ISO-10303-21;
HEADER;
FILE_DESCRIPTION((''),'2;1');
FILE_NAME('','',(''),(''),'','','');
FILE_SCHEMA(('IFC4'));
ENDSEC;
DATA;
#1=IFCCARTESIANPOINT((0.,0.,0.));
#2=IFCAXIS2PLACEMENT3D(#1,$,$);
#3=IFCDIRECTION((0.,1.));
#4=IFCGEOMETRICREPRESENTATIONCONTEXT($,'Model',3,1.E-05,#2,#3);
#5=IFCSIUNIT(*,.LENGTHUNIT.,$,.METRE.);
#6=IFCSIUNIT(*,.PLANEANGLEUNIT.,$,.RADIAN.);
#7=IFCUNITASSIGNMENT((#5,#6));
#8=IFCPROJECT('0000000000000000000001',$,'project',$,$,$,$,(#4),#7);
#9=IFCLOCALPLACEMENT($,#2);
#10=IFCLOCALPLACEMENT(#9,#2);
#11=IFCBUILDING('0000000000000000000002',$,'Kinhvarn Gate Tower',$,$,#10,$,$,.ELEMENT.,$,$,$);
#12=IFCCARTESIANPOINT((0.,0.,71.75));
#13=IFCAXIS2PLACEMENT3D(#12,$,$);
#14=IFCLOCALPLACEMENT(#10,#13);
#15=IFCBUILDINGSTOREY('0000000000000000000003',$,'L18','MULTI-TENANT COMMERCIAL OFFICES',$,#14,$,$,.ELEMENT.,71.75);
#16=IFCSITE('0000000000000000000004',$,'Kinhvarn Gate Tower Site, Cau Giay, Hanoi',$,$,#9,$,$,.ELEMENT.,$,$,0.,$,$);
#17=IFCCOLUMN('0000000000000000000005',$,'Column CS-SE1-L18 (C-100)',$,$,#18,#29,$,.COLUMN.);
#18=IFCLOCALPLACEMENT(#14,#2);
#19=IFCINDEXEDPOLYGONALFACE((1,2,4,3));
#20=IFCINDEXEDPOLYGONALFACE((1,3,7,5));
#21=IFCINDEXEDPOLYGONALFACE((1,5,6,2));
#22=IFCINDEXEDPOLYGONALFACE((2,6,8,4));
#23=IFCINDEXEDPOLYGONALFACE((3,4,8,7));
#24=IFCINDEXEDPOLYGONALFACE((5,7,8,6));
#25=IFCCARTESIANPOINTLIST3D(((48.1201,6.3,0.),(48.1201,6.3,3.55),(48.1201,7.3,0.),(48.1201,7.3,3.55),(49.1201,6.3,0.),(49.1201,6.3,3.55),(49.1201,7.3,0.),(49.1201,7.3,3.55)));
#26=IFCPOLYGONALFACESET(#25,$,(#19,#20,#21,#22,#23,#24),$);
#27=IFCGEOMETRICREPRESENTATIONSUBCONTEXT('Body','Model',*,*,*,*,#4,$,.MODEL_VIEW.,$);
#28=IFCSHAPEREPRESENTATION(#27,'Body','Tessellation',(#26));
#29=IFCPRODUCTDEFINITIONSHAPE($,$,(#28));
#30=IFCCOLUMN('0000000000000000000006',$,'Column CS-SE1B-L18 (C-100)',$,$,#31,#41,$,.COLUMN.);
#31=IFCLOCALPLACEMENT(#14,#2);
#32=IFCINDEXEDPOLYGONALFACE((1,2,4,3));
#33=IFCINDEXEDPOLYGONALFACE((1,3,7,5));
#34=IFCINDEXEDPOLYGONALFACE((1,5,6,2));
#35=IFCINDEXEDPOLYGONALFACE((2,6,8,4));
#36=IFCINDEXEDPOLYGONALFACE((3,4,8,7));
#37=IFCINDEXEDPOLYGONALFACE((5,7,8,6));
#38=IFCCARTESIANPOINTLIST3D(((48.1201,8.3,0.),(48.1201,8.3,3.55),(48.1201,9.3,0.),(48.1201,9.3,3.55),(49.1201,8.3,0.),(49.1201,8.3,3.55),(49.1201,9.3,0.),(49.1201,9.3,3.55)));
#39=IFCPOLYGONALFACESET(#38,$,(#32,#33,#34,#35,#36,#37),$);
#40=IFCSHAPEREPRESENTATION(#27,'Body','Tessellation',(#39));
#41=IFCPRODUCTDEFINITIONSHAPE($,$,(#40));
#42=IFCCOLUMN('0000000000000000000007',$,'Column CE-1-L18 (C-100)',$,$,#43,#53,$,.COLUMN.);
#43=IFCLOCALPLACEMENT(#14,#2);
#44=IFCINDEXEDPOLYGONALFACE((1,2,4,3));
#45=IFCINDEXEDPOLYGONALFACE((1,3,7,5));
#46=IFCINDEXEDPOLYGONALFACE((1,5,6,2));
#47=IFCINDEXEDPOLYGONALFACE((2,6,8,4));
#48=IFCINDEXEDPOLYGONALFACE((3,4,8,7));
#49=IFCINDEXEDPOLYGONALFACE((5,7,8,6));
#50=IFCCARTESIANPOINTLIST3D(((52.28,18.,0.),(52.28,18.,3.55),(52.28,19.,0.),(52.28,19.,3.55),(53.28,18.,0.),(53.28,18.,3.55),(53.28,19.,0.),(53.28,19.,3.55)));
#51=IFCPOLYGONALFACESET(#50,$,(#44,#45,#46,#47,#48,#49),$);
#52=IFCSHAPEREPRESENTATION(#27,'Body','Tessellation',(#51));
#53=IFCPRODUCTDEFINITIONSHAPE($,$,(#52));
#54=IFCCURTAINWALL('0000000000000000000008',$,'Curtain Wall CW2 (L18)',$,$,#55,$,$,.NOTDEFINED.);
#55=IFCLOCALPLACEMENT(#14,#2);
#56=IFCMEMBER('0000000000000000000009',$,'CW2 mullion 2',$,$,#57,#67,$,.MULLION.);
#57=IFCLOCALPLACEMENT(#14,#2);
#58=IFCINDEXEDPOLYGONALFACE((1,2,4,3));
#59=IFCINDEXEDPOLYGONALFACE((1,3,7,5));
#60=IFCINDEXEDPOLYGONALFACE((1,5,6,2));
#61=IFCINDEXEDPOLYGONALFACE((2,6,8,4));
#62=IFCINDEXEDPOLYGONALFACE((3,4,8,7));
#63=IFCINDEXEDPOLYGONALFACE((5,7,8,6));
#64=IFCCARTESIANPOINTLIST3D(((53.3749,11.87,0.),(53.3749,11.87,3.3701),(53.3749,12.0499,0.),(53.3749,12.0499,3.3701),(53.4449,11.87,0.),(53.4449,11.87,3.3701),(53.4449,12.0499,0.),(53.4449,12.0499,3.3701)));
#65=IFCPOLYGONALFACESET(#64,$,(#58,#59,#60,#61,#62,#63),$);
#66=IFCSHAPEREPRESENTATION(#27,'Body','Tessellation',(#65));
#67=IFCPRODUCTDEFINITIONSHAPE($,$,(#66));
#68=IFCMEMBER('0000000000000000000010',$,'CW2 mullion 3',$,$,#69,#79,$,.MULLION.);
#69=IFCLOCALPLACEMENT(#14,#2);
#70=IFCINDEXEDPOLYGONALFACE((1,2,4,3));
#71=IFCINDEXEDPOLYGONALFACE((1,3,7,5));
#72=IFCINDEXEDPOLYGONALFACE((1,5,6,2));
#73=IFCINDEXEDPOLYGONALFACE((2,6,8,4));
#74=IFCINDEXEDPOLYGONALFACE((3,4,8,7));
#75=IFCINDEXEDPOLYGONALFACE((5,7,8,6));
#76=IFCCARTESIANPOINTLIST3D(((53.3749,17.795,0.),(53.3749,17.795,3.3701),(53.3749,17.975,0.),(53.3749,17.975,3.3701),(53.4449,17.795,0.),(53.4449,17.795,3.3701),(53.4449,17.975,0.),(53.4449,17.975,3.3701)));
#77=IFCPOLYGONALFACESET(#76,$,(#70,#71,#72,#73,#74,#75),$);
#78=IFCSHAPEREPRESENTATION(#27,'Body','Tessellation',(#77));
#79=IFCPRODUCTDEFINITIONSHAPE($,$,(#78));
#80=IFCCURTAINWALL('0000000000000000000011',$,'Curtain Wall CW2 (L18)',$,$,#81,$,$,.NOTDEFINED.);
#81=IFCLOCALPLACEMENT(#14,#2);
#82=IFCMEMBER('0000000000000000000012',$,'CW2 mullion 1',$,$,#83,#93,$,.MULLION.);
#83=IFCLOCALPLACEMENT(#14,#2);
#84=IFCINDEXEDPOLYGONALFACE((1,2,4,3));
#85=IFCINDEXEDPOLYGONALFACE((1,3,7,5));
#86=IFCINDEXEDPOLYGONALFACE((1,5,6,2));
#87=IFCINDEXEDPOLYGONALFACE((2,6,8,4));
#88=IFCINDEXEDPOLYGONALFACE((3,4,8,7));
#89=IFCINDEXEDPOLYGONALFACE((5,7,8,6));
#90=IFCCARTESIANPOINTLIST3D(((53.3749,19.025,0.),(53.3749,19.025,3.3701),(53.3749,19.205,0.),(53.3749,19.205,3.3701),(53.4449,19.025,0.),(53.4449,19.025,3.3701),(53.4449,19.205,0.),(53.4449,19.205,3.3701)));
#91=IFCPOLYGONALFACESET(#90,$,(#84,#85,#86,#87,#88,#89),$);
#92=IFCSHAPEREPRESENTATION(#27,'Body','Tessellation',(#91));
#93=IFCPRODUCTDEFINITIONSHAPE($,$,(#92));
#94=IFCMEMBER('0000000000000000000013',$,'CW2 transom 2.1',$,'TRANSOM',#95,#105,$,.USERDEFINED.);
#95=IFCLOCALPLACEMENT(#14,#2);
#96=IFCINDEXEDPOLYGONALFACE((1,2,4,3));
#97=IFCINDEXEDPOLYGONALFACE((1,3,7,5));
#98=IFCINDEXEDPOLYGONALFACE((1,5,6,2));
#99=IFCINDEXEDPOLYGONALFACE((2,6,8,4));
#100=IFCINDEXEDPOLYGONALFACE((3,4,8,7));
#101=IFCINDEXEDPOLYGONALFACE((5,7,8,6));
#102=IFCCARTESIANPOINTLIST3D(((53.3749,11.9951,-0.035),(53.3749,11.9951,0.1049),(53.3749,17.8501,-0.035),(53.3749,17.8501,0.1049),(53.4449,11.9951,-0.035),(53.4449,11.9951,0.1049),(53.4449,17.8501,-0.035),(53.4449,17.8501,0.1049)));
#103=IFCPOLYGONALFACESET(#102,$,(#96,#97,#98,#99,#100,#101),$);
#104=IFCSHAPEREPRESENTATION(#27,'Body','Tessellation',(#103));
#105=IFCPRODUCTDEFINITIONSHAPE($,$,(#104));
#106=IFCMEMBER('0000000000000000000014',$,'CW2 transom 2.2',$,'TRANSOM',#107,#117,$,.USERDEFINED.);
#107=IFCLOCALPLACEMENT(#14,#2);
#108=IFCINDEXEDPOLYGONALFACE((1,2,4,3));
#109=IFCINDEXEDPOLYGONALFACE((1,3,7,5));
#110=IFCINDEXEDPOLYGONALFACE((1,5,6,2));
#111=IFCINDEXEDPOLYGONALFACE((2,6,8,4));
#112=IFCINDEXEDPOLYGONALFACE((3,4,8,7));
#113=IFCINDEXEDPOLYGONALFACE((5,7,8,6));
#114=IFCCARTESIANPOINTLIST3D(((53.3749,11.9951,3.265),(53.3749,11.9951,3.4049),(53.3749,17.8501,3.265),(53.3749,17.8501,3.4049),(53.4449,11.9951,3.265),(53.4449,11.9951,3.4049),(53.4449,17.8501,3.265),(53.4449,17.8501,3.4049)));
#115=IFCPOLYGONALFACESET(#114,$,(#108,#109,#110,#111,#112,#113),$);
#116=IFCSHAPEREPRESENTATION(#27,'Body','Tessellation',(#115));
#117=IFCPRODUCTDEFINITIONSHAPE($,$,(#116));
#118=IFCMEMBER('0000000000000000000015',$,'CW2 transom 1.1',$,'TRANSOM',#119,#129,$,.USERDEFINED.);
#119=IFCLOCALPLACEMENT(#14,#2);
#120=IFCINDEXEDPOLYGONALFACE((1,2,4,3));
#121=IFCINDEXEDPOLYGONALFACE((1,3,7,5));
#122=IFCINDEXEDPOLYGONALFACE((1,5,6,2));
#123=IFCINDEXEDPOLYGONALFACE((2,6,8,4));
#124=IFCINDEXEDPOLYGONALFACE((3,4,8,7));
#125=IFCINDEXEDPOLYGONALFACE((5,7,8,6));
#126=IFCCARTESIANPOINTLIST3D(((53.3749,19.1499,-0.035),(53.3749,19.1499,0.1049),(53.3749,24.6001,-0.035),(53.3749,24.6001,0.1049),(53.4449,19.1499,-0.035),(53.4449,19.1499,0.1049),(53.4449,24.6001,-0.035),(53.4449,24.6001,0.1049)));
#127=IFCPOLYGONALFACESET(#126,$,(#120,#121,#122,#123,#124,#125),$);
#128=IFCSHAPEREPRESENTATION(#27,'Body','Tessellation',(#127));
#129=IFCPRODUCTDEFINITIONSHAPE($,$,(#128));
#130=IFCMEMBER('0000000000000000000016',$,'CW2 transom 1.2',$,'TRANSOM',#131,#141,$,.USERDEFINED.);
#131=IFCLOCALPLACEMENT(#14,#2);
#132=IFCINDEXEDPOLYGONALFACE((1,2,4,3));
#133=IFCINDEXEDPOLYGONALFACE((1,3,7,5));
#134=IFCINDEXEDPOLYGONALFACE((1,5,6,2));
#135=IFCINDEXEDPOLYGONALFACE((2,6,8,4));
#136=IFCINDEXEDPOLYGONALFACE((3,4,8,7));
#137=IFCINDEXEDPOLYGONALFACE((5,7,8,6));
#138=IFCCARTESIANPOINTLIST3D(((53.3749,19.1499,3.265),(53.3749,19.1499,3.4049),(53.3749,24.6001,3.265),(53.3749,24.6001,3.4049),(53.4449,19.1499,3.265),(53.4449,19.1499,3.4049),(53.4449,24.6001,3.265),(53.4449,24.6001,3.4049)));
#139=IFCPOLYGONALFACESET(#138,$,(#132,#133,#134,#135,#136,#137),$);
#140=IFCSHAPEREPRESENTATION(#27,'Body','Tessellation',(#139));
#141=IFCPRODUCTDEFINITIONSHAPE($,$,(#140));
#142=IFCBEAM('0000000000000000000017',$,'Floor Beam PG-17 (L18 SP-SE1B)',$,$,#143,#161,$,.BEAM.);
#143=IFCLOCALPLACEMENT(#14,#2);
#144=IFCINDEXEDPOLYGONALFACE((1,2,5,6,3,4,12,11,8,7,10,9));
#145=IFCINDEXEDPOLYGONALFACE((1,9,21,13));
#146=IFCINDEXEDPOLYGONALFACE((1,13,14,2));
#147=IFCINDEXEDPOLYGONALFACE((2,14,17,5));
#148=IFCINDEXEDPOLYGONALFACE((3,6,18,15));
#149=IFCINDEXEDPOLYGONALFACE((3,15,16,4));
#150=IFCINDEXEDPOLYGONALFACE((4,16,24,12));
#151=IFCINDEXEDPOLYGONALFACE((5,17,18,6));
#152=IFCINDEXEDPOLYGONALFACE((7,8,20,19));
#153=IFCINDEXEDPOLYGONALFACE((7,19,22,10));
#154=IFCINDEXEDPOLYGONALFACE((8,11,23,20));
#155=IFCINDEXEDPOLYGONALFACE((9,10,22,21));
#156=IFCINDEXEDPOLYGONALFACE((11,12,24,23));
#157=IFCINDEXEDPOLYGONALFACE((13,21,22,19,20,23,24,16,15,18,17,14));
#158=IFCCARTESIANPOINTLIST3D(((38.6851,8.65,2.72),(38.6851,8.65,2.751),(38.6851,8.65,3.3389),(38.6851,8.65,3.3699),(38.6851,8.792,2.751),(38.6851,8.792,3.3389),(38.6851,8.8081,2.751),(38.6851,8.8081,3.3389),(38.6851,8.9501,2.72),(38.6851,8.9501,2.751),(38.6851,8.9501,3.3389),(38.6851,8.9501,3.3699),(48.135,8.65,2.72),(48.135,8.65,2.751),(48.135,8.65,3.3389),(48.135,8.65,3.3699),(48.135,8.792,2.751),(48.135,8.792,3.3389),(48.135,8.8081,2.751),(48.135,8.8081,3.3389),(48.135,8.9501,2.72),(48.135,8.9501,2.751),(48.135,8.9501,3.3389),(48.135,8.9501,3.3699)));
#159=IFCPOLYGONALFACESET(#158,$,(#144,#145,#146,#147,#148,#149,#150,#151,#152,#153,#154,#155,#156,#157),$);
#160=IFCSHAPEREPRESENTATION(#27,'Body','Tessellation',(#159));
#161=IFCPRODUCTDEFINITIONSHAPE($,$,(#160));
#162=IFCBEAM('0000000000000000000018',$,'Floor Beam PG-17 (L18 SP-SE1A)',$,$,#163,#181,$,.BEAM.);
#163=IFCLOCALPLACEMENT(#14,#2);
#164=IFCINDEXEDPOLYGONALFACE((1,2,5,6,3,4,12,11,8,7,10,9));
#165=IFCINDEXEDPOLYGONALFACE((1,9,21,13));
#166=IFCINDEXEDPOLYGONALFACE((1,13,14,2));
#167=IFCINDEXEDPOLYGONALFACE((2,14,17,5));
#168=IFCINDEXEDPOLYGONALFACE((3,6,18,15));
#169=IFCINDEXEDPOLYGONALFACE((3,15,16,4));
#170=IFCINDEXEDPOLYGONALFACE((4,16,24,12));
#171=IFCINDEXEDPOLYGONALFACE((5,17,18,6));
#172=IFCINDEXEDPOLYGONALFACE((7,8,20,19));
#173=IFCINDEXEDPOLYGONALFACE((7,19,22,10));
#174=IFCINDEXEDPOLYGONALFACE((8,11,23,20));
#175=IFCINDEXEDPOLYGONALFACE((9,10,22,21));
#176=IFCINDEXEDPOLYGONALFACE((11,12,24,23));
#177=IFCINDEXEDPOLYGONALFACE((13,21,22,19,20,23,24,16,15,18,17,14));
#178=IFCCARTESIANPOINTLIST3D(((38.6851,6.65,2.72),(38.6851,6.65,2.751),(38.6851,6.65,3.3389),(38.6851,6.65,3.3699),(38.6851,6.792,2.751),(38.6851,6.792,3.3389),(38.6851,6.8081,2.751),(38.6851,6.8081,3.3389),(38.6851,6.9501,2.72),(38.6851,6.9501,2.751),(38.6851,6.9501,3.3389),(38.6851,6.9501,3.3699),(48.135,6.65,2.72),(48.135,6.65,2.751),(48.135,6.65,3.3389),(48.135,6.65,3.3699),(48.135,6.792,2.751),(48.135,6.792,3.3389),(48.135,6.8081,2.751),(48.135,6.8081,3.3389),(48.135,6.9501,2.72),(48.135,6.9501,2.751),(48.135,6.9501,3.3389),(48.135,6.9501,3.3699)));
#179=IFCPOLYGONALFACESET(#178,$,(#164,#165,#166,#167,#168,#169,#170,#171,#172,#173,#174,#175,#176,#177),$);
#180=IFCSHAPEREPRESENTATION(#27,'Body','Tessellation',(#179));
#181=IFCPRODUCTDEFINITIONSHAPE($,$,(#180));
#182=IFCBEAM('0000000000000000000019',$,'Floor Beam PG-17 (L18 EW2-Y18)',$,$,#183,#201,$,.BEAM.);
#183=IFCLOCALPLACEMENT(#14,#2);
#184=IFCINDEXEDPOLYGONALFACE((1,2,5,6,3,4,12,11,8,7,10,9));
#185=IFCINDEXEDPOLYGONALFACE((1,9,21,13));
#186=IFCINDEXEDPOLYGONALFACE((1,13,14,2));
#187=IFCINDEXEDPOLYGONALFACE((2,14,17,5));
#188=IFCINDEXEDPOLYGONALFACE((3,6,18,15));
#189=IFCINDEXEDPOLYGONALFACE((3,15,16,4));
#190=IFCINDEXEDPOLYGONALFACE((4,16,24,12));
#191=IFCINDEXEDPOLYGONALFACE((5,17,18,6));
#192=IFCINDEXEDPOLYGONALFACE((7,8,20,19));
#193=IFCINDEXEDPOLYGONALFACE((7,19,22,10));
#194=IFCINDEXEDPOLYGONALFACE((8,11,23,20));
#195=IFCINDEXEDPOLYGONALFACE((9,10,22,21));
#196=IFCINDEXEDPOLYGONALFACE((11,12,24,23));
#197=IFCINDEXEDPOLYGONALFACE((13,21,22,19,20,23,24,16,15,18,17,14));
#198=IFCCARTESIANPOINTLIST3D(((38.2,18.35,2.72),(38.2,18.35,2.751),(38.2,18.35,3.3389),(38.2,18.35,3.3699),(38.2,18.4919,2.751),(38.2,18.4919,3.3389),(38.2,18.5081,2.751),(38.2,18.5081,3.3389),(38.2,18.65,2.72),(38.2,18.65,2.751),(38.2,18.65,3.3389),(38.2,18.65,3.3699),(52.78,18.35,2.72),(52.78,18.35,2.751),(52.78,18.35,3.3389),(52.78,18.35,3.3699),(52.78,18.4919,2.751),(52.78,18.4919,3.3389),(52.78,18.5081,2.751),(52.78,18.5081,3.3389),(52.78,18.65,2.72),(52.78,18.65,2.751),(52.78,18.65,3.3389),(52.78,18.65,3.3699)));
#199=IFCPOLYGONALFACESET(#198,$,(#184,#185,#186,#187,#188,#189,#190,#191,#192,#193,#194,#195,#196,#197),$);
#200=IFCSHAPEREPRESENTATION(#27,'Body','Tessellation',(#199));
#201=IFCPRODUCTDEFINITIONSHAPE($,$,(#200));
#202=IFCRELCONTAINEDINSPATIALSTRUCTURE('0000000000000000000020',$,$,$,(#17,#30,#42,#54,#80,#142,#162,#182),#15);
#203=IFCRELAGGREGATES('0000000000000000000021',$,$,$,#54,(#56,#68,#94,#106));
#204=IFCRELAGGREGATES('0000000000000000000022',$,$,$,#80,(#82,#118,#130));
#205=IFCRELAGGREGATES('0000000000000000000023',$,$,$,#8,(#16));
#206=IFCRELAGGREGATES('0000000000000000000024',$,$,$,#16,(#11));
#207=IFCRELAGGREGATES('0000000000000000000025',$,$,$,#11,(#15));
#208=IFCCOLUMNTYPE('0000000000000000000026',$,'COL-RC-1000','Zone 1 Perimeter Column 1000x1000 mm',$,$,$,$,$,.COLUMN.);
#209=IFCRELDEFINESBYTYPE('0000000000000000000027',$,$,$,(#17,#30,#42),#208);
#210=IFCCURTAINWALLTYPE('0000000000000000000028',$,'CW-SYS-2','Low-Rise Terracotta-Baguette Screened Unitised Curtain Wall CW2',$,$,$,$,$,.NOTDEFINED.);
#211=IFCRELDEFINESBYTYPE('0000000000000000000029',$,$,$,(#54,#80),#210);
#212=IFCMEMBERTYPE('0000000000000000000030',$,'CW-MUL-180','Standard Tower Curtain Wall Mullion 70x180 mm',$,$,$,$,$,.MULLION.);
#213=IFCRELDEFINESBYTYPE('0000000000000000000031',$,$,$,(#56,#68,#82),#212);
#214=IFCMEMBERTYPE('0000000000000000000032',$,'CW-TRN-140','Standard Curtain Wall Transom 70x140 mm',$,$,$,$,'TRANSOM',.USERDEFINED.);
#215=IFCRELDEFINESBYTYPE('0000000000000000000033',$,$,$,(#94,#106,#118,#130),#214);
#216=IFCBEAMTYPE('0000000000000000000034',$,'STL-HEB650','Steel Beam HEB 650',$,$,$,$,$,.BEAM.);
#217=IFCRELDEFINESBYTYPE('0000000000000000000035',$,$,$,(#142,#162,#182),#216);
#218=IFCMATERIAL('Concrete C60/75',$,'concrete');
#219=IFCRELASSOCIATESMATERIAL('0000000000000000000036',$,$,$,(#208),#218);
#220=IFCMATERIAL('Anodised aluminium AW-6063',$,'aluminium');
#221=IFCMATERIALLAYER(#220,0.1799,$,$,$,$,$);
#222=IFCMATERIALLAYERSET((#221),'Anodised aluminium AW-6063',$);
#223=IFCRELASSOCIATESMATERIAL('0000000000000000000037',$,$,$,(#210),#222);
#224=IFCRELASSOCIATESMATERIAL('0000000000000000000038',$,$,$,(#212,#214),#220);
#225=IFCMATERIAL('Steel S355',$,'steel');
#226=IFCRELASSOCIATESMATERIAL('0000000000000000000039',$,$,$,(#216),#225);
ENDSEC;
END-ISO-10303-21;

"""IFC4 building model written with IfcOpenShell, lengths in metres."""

from ifc_helpers import new_model, si_unit, direction, frame, origin, origin_2d, place, context, subcontext, project, spatial, rectangle, i_section, extrude, material, layer, layer_set, material_profile, profile_set, type_object, element, aggregate, save


model = new_model("IFC4")

# Units and contexts
model_context = context("Model", 3, precision=1e-05, world=origin(), true_north=direction((0.0, 1.0)))
body_context = subcontext(model_context, "Body", "Model", "MODEL_VIEW")
ifc_project = project(units=[si_unit("LENGTHUNIT", "METRE"), si_unit("PLANEANGLEUNIT", "RADIAN")], contexts=[model_context])

# Site, building, storey
site_placement = place(None, origin())
site = spatial("IfcSite", under=ifc_project, at=site_placement, Name="Kinhvarn Gate Tower Site, Cau Giay, Hanoi", CompositionType="ELEMENT", RefElevation=0.0)
building_placement = place(site_placement, origin())
building = spatial("IfcBuilding", under=site, at=building_placement, Name="Kinhvarn Gate Tower", CompositionType="ELEMENT")
storey_placement = place(building_placement, frame((0.0, 0.0, 71.75)))
storey = spatial("IfcBuildingStorey", under=building, at=storey_placement, Name="L18", Description="MULTI-TENANT COMMERCIAL OFFICES", CompositionType="ELEMENT", Elevation=71.75)

# Columns
ifc_material_1 = material(Name="Concrete C60/75", Category="concrete")
ifc_material_profile_1 = material_profile(ifc_material_1, rectangle(XDim=1.0, YDim=1.0, at=origin_2d()), Name="RC 1000x1000")
ifc_profile_set_1 = profile_set([ifc_material_profile_1], Name="Concrete C60/75")
column_type = type_object("IfcColumnType", Name="COL-RC-1000", Description="Zone 1 Perimeter Column 1000x1000 mm", PredefinedType="COLUMN", material=ifc_profile_set_1)
for number, where, z_axis, x_axis, name in (
    (1, (48.6201, 6.8, 0.0), (0.0, 0.0, 1.0), (1.0, 0.0, 0.0), "Column CS-SE1-L18 (C-100)"),
    (2, (48.6201, 8.8, 0.0), (0.0, 0.0, 1.0), (1.0, 0.0, 0.0), "Column CS-SE1B-L18 (C-100)"),
    (3, (52.78, 18.5, 0.0), (0.0, 0.0, 1.0), (1.0, 0.0, 0.0), "Column CE-1-L18 (C-100)"),
):
    element("IfcColumn", number, at=place(storey_placement, frame(where, z_axis=z_axis, x_axis=x_axis)), inside=storey, type_object=column_type, Name=name, PredefinedType="COLUMN", context=body_context, shape_type="SweptSolid", body=[
        extrude(rectangle(XDim=1.0, YDim=1.0, at=origin_2d()), origin(), (0.0, 0.0, 1.0), 3.55),
    ])

# Curtain wall, members
ifc_material_2 = material(Name="Anodised aluminium AW-6063", Category="aluminium")
ifc_layer_1 = layer(ifc_material_2, 0.1799)
ifc_layer_set_1 = layer_set([ifc_layer_1], Name="Anodised aluminium AW-6063")
curtain_wall_type = type_object("IfcCurtainWallType", Name="CW-SYS-2", Description="Low-Rise Terracotta-Baguette Screened Unitised Curtain Wall CW2", PredefinedType="NOTDEFINED", material=ifc_layer_set_1)
curtain_wall_1_placement = place(storey_placement, origin())
curtain_wall_1 = element("IfcCurtainWall", 4, at=curtain_wall_1_placement, inside=storey, type_object=curtain_wall_type, Name="Curtain Wall CW2 (L18)", PredefinedType="NOTDEFINED")
ifc_material_profile_2 = material_profile(ifc_material_2, rectangle(XDim=0.0701, YDim=0.1799, at=origin_2d()), Name="ALU 70x180")
ifc_profile_set_2 = profile_set([ifc_material_profile_2], Name="Anodised aluminium AW-6063")
member_type_1 = type_object("IfcMemberType", Name="CW-MUL-180", Description="Standard Tower Curtain Wall Mullion 70x180 mm", PredefinedType="MULLION", material=ifc_profile_set_2)
member_1_placement = place(storey_placement, frame((53.4099, 11.96, 0.0), z_axis=(0.0, 0.0, 1.0), x_axis=(-1.0, 0.0, 0.0)))
member_1 = element("IfcMember", 5, at=member_1_placement, type_object=member_type_1, Name="CW2 mullion 2", PredefinedType="MULLION", context=body_context, shape_type="SweptSolid", body=[
    extrude(rectangle(XDim=0.0701, YDim=0.1799, at=origin_2d()), origin(), (0.0, 0.0, 1.0), 3.3701),
])
member_2_placement = place(storey_placement, frame((53.4099, 17.885, 0.0), z_axis=(0.0, 0.0, 1.0), x_axis=(-1.0, 0.0, 0.0)))
member_2 = element("IfcMember", 6, at=member_2_placement, type_object=member_type_1, Name="CW2 mullion 3", PredefinedType="MULLION", context=body_context, shape_type="SweptSolid", body=[
    extrude(rectangle(XDim=0.0701, YDim=0.1799, at=origin_2d()), origin(), (0.0, 0.0, 1.0), 3.3701),
])

# Curtain wall, member
curtain_wall_2_placement = place(storey_placement, origin())
curtain_wall_2 = element("IfcCurtainWall", 7, at=curtain_wall_2_placement, inside=storey, type_object=curtain_wall_type, Name="Curtain Wall CW2 (L18)", PredefinedType="NOTDEFINED")
member_3_placement = place(storey_placement, frame((53.4099, 19.115, 0.0), z_axis=(0.0, 0.0, 1.0), x_axis=(-1.0, 0.0, 0.0)))
member_3 = element("IfcMember", 8, at=member_3_placement, type_object=member_type_1, Name="CW2 mullion 1", PredefinedType="MULLION", context=body_context, shape_type="SweptSolid", body=[
    extrude(rectangle(XDim=0.0701, YDim=0.1799, at=origin_2d()), origin(), (0.0, 0.0, 1.0), 3.3701),
])

# Members
ifc_material_profile_3 = material_profile(ifc_material_2, rectangle(XDim=0.0701, YDim=0.1399, at=origin_2d()), Name="ALU 70x140")
ifc_profile_set_3 = profile_set([ifc_material_profile_3], Name="Anodised aluminium AW-6063")
member_type_2 = type_object("IfcMemberType", Name="CW-TRN-140", Description="Standard Curtain Wall Transom 70x140 mm", ElementType="TRANSOM", PredefinedType="USERDEFINED", material=ifc_profile_set_3)
member_4_placement = place(storey_placement, frame((53.4099, 11.9951, 0.0349), z_axis=(0.0, 1.0, 0.0), x_axis=(-1.0, 0.0, 0.0)))
member_4 = element("IfcMember", 9, at=member_4_placement, type_object=member_type_2, Name="CW2 transom 2.1", ObjectType="TRANSOM", PredefinedType="USERDEFINED", context=body_context, shape_type="SweptSolid", body=[
    extrude(rectangle(XDim=0.0701, YDim=0.1399, at=origin_2d()), origin(), (0.0, 0.0, 1.0), 5.855),
])
member_5_placement = place(storey_placement, frame((53.4099, 11.9951, 3.335), z_axis=(0.0, 1.0, 0.0), x_axis=(-1.0, 0.0, 0.0)))
member_5 = element("IfcMember", 10, at=member_5_placement, type_object=member_type_2, Name="CW2 transom 2.2", ObjectType="TRANSOM", PredefinedType="USERDEFINED", context=body_context, shape_type="SweptSolid", body=[
    extrude(rectangle(XDim=0.0701, YDim=0.1399, at=origin_2d()), origin(), (0.0, 0.0, 1.0), 5.855),
])
member_6_placement = place(storey_placement, frame((53.4099, 19.1499, 0.0349), z_axis=(0.0, 1.0, 0.0), x_axis=(-1.0, 0.0, 0.0)))
member_6 = element("IfcMember", 11, at=member_6_placement, type_object=member_type_2, Name="CW2 transom 1.1", ObjectType="TRANSOM", PredefinedType="USERDEFINED", context=body_context, shape_type="SweptSolid", body=[
    extrude(rectangle(XDim=0.0701, YDim=0.1399, at=origin_2d()), origin(), (0.0, 0.0, 1.0), 5.4502),
])
member_7_placement = place(storey_placement, frame((53.4099, 19.1499, 3.335), z_axis=(0.0, 1.0, 0.0), x_axis=(-1.0, 0.0, 0.0)))
member_7 = element("IfcMember", 12, at=member_7_placement, type_object=member_type_2, Name="CW2 transom 1.2", ObjectType="TRANSOM", PredefinedType="USERDEFINED", context=body_context, shape_type="SweptSolid", body=[
    extrude(rectangle(XDim=0.0701, YDim=0.1399, at=origin_2d()), origin(), (0.0, 0.0, 1.0), 5.4502),
])

# Beams
ifc_material_3 = material(Name="Steel S355", Category="steel")
ifc_material_profile_4 = material_profile(ifc_material_3, i_section(OverallWidth=0.3, OverallDepth=0.6499, WebThickness=0.0161, FlangeThickness=0.031, at=origin_2d()), Name="HEB 650")
ifc_profile_set_4 = profile_set([ifc_material_profile_4], Name="Steel S355")
beam_type_1 = type_object("IfcBeamType", Name="STL-HEB650", Description="Steel Beam HEB 650", PredefinedType="BEAM", material=ifc_profile_set_4)
for number, where, z_axis, x_axis, name in (
    (13, (38.6851, 8.8, 3.0449), (1.0, 0.0, 0.0), (0.0, 1.0, 0.0), "Floor Beam PG-17 (L18 SP-SE1B)"),
    (14, (38.6851, 6.8, 3.0449), (1.0, 0.0, 0.0), (0.0, 1.0, 0.0), "Floor Beam PG-17 (L18 SP-SE1A)"),
):
    element("IfcBeam", number, at=place(storey_placement, frame(where, z_axis=z_axis, x_axis=x_axis)), inside=storey, type_object=beam_type_1, Name=name, PredefinedType="BEAM", context=body_context, shape_type="SweptSolid", body=[
        extrude(i_section(OverallWidth=0.3, OverallDepth=0.6499, WebThickness=0.0161, FlangeThickness=0.031, at=origin_2d()), origin(), (0.0, 0.0, 1.0), 9.45),
    ])
beam_1_placement = place(storey_placement, frame((38.2, 18.5, 3.0449), z_axis=(1.0, 0.0, 0.0), x_axis=(0.0, 1.0, 0.0)))
element("IfcBeam", 15, at=beam_1_placement, inside=storey, type_object=beam_type_1, Name="Floor Beam PG-17 (L18 EW2-Y18)", PredefinedType="BEAM", context=body_context, shape_type="SweptSolid", body=[
    extrude(i_section(OverallWidth=0.3, OverallDepth=0.6499, WebThickness=0.0161, FlangeThickness=0.031, at=origin_2d()), origin(), (0.0, 0.0, 1.0), 14.5801),
])

aggregate(curtain_wall_1, [member_1, member_2, member_4, member_5])
aggregate(curtain_wall_2, [member_3, member_6, member_7])

save(model, "model.ifc")
